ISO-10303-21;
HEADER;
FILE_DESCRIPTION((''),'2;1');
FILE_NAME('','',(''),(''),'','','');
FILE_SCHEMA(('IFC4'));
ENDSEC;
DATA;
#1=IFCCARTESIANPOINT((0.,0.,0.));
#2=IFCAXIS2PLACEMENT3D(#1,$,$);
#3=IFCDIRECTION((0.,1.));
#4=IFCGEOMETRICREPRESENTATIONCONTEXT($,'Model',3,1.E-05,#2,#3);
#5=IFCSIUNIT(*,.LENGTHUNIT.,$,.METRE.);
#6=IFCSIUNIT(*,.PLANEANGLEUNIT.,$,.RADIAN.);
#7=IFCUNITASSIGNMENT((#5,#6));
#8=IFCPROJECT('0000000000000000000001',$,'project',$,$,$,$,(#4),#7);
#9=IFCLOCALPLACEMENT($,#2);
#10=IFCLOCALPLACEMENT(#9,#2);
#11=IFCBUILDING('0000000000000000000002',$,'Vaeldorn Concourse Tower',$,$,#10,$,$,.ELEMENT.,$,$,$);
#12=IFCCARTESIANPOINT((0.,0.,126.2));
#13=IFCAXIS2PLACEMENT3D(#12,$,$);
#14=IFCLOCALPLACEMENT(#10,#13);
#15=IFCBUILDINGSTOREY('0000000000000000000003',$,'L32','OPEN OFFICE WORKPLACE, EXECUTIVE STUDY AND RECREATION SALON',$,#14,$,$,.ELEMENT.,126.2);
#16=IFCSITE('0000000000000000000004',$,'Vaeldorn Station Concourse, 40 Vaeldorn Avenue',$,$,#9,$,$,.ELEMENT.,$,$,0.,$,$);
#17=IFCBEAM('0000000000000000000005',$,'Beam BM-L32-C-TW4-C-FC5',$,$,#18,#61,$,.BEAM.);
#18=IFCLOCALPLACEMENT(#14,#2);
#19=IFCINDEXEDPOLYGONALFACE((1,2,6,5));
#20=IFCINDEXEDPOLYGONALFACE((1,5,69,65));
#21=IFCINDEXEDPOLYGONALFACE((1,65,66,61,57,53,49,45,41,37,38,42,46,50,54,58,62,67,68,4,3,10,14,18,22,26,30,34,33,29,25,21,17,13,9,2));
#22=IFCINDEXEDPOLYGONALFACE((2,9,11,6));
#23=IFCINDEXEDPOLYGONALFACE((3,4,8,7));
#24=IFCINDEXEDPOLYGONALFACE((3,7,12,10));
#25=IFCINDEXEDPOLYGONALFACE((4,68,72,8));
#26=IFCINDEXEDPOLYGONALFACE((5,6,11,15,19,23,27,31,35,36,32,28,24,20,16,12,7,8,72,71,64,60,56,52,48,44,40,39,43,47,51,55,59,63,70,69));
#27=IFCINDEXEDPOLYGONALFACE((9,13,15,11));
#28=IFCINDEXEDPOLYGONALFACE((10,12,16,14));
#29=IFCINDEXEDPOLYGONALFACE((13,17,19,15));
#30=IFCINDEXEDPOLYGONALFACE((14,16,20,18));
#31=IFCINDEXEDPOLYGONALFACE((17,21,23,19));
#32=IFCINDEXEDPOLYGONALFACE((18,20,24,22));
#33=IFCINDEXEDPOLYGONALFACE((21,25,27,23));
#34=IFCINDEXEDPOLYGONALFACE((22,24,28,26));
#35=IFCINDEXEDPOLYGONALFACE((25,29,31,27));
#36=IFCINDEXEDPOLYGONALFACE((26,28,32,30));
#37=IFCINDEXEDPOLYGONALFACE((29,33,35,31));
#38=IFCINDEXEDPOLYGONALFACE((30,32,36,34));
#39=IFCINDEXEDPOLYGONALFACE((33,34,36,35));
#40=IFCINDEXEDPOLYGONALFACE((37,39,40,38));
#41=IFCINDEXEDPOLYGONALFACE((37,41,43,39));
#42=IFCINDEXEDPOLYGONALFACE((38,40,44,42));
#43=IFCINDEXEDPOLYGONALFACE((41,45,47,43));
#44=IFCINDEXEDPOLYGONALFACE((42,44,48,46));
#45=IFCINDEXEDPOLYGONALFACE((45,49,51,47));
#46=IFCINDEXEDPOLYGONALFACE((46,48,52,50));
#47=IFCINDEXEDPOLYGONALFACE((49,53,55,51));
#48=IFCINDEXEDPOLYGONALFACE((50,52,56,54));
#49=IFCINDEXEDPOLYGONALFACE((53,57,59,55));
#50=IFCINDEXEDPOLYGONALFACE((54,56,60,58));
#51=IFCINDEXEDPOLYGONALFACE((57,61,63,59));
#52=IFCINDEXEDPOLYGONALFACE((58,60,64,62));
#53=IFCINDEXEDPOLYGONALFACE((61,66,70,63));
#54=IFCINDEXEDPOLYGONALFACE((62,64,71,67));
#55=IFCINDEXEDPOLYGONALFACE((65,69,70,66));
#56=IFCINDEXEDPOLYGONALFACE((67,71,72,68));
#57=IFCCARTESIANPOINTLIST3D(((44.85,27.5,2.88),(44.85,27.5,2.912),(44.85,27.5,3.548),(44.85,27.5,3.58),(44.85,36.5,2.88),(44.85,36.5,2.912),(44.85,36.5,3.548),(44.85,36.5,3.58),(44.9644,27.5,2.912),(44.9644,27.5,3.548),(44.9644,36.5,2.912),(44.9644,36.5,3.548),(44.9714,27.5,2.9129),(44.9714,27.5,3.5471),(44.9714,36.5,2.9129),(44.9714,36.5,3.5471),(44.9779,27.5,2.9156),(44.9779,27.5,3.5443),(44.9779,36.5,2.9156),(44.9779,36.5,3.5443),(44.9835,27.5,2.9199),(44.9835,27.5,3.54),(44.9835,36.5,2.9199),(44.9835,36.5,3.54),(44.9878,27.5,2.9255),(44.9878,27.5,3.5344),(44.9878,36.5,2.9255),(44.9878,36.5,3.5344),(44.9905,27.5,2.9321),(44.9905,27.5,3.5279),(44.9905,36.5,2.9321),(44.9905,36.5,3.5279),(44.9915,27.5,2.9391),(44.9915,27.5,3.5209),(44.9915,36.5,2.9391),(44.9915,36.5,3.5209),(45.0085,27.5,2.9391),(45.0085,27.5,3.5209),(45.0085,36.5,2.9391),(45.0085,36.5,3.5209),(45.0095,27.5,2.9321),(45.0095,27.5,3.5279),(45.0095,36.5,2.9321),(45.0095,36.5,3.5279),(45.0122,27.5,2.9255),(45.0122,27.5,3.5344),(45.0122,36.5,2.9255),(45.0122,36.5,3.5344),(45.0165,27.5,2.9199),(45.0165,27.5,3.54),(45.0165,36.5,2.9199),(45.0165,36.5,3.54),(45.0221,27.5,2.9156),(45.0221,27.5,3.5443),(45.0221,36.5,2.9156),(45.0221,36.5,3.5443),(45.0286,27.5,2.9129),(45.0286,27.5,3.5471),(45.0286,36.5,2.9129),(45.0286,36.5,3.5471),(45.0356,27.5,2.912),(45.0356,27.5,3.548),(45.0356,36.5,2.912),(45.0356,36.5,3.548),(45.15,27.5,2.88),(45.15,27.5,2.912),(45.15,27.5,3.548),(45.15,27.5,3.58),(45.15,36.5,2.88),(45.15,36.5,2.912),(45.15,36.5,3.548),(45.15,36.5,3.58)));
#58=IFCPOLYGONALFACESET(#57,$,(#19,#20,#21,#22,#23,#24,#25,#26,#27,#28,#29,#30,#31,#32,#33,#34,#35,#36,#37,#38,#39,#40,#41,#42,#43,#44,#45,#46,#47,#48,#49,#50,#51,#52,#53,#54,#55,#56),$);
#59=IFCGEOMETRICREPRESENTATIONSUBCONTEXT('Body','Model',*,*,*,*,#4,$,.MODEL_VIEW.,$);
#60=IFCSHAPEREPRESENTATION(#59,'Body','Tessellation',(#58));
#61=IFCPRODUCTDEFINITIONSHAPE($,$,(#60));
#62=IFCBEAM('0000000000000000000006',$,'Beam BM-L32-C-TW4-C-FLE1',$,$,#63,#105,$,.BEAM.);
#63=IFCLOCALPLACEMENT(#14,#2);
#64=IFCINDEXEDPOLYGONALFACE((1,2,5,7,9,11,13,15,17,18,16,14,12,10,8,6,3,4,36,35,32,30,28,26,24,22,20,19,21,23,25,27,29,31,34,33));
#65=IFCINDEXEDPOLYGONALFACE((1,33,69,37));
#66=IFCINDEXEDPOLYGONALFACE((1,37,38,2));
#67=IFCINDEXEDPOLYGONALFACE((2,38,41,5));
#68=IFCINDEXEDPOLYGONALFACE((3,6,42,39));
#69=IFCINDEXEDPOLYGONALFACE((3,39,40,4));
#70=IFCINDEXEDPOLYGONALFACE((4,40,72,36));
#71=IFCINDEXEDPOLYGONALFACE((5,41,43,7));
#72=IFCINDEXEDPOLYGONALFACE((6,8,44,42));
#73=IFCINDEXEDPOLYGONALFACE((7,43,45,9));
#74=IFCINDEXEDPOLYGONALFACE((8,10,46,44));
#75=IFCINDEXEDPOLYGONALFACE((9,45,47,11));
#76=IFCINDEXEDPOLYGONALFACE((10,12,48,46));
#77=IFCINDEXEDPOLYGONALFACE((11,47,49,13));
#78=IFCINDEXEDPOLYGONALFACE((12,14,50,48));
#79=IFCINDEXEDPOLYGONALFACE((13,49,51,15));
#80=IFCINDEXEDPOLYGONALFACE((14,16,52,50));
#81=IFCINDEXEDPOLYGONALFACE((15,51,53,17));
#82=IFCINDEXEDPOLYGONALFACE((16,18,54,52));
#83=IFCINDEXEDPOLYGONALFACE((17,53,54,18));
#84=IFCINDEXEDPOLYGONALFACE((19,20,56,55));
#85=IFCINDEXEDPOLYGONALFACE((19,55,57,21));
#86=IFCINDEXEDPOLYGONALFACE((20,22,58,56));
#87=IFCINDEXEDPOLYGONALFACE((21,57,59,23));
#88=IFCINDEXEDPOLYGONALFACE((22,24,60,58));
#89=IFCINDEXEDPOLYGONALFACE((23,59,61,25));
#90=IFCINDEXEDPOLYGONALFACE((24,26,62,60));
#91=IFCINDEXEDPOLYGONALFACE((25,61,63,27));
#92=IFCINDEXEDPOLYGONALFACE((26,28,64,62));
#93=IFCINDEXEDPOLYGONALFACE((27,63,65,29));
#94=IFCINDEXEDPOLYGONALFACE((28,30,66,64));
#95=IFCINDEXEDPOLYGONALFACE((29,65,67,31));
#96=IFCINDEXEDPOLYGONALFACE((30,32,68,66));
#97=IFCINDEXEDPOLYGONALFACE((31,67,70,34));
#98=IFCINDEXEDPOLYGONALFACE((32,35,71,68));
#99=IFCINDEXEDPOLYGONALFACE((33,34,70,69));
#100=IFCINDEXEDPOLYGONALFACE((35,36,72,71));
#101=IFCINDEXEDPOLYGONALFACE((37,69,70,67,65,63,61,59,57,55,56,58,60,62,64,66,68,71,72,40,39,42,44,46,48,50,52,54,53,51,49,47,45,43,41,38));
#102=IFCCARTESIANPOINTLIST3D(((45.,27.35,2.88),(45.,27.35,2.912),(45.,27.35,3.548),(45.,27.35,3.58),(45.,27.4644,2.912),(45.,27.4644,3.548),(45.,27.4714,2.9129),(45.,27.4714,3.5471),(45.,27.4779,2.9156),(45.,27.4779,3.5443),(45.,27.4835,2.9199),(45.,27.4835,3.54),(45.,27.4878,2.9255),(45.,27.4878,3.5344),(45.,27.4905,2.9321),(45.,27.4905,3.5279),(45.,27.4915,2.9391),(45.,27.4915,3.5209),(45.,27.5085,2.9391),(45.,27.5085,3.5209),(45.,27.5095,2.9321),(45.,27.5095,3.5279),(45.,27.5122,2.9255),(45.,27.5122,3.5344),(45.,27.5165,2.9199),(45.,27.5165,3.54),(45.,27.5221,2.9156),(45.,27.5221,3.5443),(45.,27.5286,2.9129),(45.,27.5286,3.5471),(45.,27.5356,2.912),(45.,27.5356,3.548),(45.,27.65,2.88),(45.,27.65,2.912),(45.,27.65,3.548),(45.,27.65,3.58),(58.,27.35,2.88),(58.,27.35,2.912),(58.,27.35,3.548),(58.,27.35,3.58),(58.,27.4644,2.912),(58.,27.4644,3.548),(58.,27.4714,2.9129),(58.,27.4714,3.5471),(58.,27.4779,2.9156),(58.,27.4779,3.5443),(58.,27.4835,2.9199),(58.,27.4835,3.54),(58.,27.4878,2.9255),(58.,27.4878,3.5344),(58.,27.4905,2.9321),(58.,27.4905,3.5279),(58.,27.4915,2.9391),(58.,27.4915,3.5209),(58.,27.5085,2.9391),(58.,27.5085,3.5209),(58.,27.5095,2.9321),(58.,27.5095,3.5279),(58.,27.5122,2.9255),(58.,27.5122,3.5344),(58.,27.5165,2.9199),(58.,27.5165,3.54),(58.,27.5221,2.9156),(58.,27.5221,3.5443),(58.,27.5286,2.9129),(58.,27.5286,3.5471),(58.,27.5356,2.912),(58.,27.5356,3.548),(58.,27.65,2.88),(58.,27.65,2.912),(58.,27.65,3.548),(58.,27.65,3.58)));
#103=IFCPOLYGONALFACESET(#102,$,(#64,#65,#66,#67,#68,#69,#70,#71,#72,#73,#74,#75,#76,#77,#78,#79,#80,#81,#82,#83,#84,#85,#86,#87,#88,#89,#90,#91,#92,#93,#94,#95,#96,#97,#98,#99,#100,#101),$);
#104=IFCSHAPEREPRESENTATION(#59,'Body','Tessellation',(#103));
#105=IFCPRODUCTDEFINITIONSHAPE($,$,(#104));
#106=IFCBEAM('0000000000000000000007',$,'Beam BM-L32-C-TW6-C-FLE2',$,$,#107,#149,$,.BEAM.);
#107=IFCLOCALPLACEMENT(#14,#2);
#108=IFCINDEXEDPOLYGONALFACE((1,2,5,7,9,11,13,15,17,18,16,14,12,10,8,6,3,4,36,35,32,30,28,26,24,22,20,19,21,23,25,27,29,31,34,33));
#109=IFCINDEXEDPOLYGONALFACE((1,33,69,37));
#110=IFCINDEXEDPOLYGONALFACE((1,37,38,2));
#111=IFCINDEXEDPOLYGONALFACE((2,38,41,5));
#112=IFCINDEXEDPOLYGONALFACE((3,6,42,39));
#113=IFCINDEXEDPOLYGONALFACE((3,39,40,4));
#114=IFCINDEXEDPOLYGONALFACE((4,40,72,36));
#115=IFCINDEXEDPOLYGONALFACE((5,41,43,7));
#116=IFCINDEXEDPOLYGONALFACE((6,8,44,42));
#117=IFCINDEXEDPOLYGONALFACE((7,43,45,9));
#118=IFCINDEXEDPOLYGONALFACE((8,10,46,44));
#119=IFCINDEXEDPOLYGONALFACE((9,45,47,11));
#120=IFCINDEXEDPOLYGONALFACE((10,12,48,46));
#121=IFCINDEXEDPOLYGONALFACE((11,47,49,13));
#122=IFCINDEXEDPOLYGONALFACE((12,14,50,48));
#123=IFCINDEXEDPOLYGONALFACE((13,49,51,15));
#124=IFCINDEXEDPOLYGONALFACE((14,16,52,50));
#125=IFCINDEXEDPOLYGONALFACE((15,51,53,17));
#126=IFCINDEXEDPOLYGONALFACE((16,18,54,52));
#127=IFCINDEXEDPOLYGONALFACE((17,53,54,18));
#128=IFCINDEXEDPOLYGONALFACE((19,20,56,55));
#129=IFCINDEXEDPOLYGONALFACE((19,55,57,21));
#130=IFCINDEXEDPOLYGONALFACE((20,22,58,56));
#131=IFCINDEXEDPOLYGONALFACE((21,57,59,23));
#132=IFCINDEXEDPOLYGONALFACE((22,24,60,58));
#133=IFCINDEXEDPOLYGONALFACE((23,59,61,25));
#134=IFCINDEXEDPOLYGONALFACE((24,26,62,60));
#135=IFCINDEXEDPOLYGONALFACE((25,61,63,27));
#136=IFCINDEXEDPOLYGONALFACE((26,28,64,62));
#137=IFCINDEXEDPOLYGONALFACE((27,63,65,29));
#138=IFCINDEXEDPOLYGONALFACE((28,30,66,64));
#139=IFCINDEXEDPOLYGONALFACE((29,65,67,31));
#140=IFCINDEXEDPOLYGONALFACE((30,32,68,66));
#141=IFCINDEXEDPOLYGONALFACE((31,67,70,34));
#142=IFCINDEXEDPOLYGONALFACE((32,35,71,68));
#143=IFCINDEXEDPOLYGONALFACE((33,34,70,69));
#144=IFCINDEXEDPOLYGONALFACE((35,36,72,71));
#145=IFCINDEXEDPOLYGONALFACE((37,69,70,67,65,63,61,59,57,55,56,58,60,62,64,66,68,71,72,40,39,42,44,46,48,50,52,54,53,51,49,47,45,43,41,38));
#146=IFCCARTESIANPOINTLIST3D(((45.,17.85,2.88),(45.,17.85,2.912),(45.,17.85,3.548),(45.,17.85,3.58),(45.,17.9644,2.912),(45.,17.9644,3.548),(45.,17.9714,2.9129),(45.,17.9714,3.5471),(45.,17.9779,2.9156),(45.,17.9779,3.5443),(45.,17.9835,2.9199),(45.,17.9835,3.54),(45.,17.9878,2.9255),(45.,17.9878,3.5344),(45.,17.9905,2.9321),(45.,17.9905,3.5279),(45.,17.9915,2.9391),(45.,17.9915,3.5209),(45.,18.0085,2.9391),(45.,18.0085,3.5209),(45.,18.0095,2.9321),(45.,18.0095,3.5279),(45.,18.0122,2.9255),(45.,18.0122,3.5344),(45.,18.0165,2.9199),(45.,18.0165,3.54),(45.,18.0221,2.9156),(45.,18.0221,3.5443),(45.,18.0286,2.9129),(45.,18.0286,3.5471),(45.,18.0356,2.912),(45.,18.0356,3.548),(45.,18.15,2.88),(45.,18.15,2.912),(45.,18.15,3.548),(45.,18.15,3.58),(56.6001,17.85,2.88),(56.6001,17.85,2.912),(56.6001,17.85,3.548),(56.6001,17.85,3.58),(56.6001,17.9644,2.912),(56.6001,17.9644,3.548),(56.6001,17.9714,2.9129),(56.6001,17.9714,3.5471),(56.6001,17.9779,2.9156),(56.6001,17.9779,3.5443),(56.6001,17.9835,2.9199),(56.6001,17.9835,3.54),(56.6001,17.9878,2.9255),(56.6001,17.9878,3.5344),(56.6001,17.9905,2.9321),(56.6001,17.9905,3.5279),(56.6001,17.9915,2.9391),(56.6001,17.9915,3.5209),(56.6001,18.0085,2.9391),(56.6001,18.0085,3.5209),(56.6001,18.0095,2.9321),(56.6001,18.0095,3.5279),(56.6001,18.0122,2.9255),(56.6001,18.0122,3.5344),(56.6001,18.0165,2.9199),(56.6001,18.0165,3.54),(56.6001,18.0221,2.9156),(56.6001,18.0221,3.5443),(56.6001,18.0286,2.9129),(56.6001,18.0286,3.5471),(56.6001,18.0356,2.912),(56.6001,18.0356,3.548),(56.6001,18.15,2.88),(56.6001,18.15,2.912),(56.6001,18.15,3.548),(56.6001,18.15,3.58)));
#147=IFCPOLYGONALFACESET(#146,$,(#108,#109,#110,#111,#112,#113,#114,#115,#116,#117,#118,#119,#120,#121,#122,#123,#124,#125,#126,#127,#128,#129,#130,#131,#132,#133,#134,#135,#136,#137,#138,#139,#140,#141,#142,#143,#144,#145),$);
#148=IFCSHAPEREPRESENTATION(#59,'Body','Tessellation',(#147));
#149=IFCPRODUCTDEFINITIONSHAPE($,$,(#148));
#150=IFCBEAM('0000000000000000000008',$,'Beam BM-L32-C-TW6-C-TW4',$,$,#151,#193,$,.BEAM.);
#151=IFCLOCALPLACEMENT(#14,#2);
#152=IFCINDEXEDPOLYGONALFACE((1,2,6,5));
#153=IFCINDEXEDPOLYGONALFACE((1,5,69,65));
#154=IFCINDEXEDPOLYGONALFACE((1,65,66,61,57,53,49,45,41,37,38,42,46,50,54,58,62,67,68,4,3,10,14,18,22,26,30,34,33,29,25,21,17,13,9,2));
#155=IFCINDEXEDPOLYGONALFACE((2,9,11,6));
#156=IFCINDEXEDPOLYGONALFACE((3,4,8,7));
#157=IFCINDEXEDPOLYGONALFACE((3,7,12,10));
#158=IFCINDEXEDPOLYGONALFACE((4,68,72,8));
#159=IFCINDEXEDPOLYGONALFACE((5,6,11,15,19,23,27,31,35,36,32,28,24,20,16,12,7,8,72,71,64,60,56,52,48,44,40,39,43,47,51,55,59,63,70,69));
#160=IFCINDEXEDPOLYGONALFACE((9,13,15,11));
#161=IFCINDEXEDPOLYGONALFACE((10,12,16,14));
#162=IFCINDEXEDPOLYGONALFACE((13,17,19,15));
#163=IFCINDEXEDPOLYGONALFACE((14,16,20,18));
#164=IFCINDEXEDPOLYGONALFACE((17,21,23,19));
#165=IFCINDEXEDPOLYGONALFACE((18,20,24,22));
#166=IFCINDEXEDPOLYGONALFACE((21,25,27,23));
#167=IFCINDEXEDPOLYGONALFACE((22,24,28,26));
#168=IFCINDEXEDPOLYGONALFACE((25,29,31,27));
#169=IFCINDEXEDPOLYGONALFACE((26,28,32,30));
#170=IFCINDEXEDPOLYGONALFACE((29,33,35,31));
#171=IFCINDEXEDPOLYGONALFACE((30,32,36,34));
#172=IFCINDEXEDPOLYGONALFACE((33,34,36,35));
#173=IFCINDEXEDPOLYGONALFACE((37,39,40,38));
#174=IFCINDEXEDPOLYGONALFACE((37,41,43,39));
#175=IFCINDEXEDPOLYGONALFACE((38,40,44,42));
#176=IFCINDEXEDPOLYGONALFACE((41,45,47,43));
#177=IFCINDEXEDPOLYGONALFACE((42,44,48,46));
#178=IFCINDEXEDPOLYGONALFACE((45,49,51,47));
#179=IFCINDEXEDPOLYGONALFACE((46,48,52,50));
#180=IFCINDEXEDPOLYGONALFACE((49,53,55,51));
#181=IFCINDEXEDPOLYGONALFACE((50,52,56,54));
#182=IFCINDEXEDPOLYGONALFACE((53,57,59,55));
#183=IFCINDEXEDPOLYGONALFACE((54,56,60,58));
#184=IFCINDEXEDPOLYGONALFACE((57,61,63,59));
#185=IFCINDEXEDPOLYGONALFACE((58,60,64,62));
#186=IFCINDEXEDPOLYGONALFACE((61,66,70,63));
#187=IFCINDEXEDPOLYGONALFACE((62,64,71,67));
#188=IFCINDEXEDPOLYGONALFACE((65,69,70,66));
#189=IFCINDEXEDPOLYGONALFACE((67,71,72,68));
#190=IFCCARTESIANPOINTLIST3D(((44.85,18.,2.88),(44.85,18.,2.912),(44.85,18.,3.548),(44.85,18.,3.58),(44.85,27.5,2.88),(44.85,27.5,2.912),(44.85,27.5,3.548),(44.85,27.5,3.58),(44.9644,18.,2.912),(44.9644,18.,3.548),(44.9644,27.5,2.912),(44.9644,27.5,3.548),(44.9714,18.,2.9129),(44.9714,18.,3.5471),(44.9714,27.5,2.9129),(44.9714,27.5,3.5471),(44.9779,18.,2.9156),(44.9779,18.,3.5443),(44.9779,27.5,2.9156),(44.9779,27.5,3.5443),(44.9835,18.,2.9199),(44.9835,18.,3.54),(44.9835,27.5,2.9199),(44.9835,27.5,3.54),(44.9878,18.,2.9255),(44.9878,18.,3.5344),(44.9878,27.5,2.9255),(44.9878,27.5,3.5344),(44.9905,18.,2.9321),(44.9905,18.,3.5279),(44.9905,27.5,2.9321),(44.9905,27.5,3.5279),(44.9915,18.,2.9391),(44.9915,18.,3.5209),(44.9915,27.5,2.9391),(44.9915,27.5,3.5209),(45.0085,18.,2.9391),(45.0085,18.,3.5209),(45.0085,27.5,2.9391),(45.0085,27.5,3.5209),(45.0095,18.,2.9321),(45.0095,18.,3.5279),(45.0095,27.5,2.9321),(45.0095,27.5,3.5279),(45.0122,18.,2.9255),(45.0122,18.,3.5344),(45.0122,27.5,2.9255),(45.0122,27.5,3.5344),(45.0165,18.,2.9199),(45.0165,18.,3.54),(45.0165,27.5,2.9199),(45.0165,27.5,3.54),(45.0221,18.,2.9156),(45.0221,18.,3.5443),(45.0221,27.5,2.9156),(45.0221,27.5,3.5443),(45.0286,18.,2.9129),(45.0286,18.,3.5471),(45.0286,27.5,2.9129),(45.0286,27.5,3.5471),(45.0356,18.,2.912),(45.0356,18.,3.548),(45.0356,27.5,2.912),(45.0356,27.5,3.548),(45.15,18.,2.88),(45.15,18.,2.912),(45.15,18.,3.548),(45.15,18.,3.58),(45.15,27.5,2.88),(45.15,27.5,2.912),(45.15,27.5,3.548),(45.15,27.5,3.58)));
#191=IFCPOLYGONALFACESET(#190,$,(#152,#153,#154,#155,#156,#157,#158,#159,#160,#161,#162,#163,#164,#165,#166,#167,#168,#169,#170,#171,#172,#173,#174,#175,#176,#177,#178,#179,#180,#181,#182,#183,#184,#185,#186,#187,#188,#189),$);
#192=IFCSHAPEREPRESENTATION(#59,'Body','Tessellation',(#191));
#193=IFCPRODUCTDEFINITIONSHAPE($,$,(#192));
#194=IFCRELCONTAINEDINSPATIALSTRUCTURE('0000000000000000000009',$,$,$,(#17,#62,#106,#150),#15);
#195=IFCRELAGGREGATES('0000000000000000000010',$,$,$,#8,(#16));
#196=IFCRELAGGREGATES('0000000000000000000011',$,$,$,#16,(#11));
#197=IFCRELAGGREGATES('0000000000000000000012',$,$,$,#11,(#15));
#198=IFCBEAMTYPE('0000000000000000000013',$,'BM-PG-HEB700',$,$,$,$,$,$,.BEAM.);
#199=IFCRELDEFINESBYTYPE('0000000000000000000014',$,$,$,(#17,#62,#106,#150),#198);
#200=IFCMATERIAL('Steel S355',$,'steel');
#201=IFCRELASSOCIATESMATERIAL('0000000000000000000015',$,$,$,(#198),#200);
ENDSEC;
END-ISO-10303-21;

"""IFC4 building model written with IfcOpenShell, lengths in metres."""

from ifc_helpers import new_model, si_unit, direction, frame, origin, origin_2d, place, context, subcontext, project, spatial, i_section, extrude, source, transform, mapped, material, material_profile, profile_set, type_object, element, save


model = new_model("IFC4")

# Units and contexts
model_context = context("Model", 3, precision=1e-05, world=origin(), true_north=direction((0.0, 1.0)))
body_context = subcontext(model_context, "Body", "Model", "MODEL_VIEW")
ifc_project = project(units=[si_unit("LENGTHUNIT", "METRE"), si_unit("PLANEANGLEUNIT", "RADIAN")], contexts=[model_context])

# Site, building, storey
site_placement = place(None, origin())
site = spatial("IfcSite", under=ifc_project, at=site_placement, Name="Vaeldorn Station Concourse, 40 Vaeldorn Avenue", CompositionType="ELEMENT", RefElevation=0.0)
building_placement = place(site_placement, origin())
building = spatial("IfcBuilding", under=site, at=building_placement, Name="Vaeldorn Concourse Tower", CompositionType="ELEMENT")
storey_placement = place(building_placement, frame((0.0, 0.0, 126.2)))
storey = spatial("IfcBuildingStorey", under=building, at=storey_placement, Name="L32", Description="OPEN OFFICE WORKPLACE, EXECUTIVE STUDY AND RECREATION SALON", CompositionType="ELEMENT", Elevation=126.2)

# Beams
ifc_material_1 = material(Name="Steel S355", Category="steel")
ifc_material_profile_1 = material_profile(ifc_material_1, i_section(OverallWidth=0.3, OverallDepth=0.7, WebThickness=0.0171, FlangeThickness=0.032, FilletRadius=0.0271, at=origin_2d()), Name="HEB 700")
ifc_profile_set_1 = profile_set([ifc_material_profile_1], Name="Steel S355")
beam_type_1 = type_object("IfcBeamType", Name="BM-PG-HEB700", PredefinedType="BEAM", material=ifc_profile_set_1)
shared_shape_1 = source(origin(), body_context, "Body", "SweptSolid", [
    extrude(i_section(OverallWidth=0.3, OverallDepth=0.7, WebThickness=0.0171, FlangeThickness=0.032, FilletRadius=0.0271, at=origin_2d()), origin(), (0.0, 0.0, 1.0), 9.0),
])
for number, where, z_axis, x_axis, name in (
    (1, (45.0, 27.5, 3.23), (0.0, 1.0, 0.0), (-1.0, 0.0, 0.0), "Beam BM-L32-C-TW4-C-FC5"),
):
    element("IfcBeam", number, at=place(storey_placement, frame(where, z_axis=z_axis, x_axis=x_axis)), inside=storey, type_object=beam_type_1, Name=name, PredefinedType="BEAM", context=body_context, shape_type="MappedRepresentation", body=[
        mapped(shared_shape_1, transform((0.0, 0.0, 0.0), scale=1.0)),
    ])
shared_shape_2 = source(origin(), body_context, "Body", "SweptSolid", [
    extrude(i_section(OverallWidth=0.3, OverallDepth=0.7, WebThickness=0.0171, FlangeThickness=0.032, FilletRadius=0.0271, at=origin_2d()), origin(), (0.0, 0.0, 1.0), 13.0),
])
beam_1_placement = place(storey_placement, frame((45.0, 27.5, 3.23), z_axis=(1.0, 0.0, 0.0), x_axis=(0.0, 1.0, 0.0)))
element("IfcBeam", 2, at=beam_1_placement, inside=storey, type_object=beam_type_1, Name="Beam BM-L32-C-TW4-C-FLE1", PredefinedType="BEAM", context=body_context, shape_type="MappedRepresentation", body=[
    mapped(shared_shape_2, transform((0.0, 0.0, 0.0), scale=1.0)),
])
shared_shape_3 = source(origin(), body_context, "Body", "SweptSolid", [
    extrude(i_section(OverallWidth=0.3, OverallDepth=0.7, WebThickness=0.0171, FlangeThickness=0.032, FilletRadius=0.0271, at=origin_2d()), origin(), (0.0, 0.0, 1.0), 11.6001),
])
beam_2_placement = place(storey_placement, frame((45.0, 18.0, 3.23), z_axis=(1.0, 0.0, 0.0), x_axis=(0.0, 1.0, 0.0)))
element("IfcBeam", 3, at=beam_2_placement, inside=storey, type_object=beam_type_1, Name="Beam BM-L32-C-TW6-C-FLE2", PredefinedType="BEAM", context=body_context, shape_type="MappedRepresentation", body=[
    mapped(shared_shape_3, transform((0.0, 0.0, 0.0), scale=1.0)),
])
shared_shape_4 = source(origin(), body_context, "Body", "SweptSolid", [
    extrude(i_section(OverallWidth=0.3, OverallDepth=0.7, WebThickness=0.0171, FlangeThickness=0.032, FilletRadius=0.0271, at=origin_2d()), origin(), (0.0, 0.0, 1.0), 9.5),
])
beam_3_placement = place(storey_placement, frame((45.0, 18.0, 3.23), z_axis=(0.0, 1.0, 0.0), x_axis=(-1.0, 0.0, 0.0)))
element("IfcBeam", 4, at=beam_3_placement, inside=storey, type_object=beam_type_1, Name="Beam BM-L32-C-TW6-C-TW4", PredefinedType="BEAM", context=body_context, shape_type="MappedRepresentation", body=[
    mapped(shared_shape_4, transform((0.0, 0.0, 0.0), scale=1.0)),
])

save(model, "model.ifc")
